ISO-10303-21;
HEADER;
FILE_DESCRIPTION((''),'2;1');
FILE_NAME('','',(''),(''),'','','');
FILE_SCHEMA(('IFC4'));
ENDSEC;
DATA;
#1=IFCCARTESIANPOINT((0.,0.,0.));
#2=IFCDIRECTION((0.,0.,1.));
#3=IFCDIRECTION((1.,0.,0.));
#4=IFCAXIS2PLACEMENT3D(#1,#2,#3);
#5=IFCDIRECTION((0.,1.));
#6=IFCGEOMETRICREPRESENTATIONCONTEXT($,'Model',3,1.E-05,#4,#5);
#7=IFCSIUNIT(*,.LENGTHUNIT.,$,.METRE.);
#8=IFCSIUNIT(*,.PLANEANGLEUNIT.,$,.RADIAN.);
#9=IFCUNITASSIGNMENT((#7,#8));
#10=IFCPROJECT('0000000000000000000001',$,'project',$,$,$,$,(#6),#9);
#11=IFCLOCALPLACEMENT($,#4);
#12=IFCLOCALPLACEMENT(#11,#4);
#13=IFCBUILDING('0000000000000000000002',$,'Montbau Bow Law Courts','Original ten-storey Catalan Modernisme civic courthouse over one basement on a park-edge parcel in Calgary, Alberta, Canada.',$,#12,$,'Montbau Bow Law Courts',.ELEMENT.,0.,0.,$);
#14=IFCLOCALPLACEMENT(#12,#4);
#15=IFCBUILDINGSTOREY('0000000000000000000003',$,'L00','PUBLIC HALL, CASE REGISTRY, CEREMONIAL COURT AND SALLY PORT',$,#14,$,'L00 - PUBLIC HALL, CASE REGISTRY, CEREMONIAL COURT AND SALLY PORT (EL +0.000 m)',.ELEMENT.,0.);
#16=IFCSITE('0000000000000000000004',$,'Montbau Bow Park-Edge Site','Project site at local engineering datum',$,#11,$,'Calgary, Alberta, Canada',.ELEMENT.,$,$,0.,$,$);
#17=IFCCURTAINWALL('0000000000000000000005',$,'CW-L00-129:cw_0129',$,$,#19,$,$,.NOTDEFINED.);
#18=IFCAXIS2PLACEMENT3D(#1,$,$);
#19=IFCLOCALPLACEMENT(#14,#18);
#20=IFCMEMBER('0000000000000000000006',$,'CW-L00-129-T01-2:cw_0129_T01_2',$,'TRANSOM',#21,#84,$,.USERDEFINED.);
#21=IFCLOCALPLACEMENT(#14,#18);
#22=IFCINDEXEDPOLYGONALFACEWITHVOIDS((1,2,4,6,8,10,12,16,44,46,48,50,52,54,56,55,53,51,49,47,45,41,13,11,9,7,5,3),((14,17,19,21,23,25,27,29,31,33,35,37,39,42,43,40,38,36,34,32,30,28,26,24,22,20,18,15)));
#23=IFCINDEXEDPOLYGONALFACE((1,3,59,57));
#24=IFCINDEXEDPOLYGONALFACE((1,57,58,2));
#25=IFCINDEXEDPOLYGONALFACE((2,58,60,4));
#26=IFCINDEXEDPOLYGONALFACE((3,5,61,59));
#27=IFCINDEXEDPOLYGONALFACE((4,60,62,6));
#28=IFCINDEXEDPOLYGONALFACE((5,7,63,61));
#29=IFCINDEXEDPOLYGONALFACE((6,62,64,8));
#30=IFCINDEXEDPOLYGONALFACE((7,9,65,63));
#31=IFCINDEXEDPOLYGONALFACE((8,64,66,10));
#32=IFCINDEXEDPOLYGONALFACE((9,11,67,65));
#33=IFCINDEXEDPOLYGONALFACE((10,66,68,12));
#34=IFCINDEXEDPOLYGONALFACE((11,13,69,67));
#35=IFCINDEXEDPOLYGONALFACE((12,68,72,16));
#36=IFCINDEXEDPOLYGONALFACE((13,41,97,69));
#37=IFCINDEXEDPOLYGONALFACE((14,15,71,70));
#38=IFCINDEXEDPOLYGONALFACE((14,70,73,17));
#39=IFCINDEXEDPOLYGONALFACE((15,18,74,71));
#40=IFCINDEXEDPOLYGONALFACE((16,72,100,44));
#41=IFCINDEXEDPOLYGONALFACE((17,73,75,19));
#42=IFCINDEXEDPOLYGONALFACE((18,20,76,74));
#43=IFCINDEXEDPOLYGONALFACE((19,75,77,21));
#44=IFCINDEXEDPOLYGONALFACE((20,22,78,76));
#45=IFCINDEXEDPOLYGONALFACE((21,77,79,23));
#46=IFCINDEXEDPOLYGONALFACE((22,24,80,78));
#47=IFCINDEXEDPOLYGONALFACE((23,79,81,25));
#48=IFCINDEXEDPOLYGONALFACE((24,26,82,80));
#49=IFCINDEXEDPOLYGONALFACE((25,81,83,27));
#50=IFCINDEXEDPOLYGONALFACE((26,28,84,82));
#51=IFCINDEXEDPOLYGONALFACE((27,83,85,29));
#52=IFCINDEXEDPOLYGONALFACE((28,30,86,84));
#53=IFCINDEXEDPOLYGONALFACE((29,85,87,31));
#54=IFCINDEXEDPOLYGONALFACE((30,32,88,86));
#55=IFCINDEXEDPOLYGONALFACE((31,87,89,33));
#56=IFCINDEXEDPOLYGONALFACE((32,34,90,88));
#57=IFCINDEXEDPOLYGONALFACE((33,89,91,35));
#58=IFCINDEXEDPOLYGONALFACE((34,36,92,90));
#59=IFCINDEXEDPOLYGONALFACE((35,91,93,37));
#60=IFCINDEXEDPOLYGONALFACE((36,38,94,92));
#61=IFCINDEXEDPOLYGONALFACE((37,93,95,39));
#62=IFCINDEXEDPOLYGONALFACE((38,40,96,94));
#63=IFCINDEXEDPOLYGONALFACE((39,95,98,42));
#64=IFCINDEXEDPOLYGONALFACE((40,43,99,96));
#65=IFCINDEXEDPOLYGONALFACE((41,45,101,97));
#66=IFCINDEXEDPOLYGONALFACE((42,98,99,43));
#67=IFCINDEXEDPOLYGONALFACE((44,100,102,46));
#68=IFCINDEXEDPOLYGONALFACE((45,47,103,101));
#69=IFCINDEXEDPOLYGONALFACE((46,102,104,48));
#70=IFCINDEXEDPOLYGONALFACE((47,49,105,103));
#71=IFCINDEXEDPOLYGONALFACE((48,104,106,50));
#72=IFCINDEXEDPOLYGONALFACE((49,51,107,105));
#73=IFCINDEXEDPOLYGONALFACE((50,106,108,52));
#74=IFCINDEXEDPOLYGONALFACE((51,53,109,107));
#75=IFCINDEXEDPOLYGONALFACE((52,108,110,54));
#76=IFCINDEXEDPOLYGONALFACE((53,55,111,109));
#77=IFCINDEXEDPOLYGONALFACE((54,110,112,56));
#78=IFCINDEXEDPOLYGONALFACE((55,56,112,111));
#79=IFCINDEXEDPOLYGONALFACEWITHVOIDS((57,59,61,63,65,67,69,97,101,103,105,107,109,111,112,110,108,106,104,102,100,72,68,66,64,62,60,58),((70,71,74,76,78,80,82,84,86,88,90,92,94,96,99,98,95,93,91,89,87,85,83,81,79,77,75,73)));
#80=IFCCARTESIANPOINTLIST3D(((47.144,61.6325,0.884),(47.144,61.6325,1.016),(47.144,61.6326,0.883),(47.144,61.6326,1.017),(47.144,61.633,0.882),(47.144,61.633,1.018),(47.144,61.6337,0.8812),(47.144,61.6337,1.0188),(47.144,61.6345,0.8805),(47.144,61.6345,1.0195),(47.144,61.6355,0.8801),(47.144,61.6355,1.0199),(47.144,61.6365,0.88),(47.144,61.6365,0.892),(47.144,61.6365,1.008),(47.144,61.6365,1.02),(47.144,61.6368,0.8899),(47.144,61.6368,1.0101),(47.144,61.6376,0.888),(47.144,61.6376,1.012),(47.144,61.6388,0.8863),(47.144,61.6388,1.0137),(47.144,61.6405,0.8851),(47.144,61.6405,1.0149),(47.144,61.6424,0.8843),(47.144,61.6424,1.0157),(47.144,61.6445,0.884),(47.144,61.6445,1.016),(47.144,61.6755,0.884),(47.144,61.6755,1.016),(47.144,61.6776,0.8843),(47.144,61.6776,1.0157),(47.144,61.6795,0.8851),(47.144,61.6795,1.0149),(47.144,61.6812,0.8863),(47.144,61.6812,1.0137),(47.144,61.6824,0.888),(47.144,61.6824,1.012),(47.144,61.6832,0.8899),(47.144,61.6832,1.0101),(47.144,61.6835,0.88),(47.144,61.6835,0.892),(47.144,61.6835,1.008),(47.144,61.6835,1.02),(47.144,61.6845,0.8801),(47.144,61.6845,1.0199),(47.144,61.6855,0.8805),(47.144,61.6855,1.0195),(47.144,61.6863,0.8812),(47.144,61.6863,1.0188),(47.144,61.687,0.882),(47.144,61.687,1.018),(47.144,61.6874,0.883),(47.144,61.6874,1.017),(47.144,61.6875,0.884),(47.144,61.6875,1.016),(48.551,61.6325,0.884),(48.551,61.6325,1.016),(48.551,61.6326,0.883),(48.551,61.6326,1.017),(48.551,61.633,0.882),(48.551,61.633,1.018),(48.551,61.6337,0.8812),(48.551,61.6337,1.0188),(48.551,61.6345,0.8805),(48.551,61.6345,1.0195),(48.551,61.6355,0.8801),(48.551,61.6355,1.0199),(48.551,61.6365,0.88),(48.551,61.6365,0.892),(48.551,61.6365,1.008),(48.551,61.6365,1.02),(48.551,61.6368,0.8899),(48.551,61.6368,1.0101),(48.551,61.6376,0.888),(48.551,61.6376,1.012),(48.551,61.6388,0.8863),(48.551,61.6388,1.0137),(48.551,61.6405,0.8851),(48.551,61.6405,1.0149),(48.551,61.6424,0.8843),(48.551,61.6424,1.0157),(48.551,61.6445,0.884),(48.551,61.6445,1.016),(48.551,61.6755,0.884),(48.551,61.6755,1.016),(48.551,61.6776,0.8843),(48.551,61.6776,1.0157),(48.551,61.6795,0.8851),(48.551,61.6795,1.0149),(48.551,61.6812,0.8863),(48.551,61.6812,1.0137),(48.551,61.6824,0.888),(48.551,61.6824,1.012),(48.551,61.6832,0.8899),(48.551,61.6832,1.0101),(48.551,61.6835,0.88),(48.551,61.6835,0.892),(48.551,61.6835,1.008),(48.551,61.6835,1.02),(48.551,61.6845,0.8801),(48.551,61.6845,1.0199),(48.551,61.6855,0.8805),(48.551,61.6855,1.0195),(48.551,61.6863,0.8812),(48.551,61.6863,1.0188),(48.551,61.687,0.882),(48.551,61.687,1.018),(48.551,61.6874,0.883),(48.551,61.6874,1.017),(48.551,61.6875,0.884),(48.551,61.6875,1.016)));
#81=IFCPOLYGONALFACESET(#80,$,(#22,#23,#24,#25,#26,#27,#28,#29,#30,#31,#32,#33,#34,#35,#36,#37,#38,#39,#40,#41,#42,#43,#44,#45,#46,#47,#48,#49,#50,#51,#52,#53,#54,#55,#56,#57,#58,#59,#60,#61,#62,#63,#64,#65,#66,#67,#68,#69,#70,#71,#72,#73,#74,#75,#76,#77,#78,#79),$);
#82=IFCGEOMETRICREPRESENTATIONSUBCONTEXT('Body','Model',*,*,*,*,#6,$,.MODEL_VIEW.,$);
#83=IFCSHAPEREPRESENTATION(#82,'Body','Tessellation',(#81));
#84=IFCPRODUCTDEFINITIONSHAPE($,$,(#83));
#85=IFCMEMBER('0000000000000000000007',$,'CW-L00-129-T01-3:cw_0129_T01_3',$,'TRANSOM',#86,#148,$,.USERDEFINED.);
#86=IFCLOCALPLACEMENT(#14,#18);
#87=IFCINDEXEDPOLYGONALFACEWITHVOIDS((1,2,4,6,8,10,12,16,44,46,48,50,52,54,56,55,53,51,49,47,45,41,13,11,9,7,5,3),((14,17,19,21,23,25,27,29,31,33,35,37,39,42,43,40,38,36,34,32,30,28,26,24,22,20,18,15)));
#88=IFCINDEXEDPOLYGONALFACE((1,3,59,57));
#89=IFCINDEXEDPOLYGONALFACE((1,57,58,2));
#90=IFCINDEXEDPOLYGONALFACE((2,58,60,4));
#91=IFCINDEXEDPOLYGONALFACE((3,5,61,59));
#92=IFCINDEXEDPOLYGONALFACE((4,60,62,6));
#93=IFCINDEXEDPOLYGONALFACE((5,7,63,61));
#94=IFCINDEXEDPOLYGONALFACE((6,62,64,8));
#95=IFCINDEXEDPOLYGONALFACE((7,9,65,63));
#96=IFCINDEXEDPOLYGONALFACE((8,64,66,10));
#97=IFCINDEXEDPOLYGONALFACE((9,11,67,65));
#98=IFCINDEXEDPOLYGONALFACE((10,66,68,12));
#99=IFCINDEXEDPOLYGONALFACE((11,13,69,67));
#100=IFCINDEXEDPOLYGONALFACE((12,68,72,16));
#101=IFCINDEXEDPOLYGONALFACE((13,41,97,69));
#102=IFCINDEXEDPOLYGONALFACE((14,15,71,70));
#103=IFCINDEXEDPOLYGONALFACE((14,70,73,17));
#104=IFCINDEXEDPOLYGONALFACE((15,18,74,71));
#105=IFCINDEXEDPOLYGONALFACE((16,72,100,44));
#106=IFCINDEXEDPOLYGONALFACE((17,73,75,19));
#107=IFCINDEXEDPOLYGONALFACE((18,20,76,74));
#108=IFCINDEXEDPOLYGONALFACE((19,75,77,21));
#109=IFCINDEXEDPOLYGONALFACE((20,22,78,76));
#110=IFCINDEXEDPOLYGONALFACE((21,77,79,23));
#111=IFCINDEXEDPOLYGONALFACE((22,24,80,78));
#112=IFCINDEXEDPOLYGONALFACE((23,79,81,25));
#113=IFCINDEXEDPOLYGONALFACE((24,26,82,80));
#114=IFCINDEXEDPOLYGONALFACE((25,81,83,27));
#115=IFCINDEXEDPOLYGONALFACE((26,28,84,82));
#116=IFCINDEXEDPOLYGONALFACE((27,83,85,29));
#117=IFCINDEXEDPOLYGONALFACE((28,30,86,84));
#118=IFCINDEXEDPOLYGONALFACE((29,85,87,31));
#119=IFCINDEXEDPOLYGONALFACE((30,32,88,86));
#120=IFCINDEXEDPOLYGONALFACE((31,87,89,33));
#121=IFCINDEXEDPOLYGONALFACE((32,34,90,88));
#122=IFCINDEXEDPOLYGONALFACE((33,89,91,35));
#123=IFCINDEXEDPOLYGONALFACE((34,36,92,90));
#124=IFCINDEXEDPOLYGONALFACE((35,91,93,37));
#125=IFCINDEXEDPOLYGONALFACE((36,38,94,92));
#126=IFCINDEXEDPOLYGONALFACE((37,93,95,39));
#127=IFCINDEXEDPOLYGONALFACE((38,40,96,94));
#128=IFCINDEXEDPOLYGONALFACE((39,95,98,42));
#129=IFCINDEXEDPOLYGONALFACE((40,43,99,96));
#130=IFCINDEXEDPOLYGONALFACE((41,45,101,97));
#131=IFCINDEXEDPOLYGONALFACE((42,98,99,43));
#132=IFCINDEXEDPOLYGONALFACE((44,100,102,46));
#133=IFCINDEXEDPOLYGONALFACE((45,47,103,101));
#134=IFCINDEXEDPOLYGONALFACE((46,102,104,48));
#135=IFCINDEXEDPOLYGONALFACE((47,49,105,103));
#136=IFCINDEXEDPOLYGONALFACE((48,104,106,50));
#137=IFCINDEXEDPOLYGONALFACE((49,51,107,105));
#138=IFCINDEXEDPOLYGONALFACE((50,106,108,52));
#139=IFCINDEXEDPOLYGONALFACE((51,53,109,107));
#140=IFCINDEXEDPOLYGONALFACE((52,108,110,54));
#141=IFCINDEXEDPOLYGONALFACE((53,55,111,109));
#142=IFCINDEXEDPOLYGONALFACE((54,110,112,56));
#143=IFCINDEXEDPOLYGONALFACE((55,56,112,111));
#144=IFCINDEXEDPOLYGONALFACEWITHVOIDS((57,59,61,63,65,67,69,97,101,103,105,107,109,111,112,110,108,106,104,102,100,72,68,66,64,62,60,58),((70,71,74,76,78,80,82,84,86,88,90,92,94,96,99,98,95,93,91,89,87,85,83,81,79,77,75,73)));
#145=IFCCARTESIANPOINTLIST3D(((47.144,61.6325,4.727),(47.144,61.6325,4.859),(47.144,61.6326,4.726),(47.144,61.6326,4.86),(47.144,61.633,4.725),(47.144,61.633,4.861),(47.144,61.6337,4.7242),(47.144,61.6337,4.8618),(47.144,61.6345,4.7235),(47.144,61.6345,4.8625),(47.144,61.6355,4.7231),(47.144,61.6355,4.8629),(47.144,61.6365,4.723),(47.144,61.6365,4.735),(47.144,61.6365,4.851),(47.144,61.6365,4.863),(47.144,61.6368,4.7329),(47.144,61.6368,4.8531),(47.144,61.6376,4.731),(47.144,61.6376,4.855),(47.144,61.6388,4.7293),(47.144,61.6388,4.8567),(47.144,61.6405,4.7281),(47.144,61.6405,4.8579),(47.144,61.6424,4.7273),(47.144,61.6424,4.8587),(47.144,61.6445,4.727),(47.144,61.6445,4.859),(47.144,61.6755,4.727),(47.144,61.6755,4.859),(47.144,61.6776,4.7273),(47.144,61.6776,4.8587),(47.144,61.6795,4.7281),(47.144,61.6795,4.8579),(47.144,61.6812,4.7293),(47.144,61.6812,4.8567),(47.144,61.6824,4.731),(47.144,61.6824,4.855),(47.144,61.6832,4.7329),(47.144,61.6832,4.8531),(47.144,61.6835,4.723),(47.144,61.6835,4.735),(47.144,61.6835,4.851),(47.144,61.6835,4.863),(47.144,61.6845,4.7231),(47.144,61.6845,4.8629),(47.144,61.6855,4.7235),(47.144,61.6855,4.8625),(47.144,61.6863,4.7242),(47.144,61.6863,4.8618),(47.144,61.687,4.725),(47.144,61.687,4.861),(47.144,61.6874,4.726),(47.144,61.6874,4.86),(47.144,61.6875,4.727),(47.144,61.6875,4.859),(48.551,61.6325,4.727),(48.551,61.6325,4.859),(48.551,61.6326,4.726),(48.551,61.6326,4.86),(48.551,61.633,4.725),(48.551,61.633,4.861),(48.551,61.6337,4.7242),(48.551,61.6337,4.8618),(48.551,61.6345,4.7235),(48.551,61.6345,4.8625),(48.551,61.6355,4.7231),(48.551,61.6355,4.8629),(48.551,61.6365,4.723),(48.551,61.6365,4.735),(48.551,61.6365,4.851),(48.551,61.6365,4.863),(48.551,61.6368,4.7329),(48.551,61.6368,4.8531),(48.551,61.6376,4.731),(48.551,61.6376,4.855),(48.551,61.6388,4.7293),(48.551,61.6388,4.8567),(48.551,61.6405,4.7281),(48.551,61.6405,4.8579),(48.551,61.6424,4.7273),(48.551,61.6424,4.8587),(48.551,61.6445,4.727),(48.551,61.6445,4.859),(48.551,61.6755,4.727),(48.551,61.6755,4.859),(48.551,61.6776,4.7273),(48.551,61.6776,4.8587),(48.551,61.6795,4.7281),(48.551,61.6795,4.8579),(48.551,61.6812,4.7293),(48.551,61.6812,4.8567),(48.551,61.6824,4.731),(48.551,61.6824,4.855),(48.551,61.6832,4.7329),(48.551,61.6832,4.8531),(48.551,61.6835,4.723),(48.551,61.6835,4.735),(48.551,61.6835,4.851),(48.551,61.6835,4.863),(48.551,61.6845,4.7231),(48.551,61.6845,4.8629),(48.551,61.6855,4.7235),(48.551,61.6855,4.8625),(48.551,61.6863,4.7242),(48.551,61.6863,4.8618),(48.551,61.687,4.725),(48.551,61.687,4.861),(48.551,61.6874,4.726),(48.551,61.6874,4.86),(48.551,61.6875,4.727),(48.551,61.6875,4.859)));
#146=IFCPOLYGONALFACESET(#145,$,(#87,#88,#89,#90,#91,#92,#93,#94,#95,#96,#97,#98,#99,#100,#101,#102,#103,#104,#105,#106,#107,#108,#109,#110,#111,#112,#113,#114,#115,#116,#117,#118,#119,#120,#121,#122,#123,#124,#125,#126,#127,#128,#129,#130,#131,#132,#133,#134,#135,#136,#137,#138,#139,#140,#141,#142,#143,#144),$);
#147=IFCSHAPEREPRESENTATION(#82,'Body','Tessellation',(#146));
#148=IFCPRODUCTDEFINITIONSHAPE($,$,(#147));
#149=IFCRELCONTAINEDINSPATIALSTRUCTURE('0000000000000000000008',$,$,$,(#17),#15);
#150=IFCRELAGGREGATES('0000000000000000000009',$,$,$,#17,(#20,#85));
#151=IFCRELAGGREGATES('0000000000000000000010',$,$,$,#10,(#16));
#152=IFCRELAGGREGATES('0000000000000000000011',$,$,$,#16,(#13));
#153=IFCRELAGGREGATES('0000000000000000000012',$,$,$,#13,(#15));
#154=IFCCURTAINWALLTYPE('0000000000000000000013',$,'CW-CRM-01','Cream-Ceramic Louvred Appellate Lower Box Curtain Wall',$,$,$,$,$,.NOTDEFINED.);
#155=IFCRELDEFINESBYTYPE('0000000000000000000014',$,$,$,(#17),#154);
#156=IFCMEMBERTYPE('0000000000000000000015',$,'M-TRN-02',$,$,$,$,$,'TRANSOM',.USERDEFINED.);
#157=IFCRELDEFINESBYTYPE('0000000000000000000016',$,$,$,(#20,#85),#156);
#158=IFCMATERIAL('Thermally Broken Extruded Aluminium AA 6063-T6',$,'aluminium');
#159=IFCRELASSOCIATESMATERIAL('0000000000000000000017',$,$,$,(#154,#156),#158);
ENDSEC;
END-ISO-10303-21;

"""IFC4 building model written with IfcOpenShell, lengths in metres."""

from ifc_helpers import new_model, si_unit, direction, frame, origin_with_axes, origin_2d_with_axis, place, context, subcontext, project, spatial, hollow_rectangle, extrude, material, material_profile, profile_set, type_object, element, aggregate, save


model = new_model("IFC4")

# Units and contexts
model_context = context("Model", 3, precision=1e-05, world=origin_with_axes(), true_north=direction((0.0, 1.0)))
body_context = subcontext(model_context, "Body", "Model", "MODEL_VIEW")
ifc_project = project(units=[si_unit("LENGTHUNIT", "METRE"), si_unit("PLANEANGLEUNIT", "RADIAN")], contexts=[model_context])

# Site, building, storey
site_placement = place(None, origin_with_axes())
site = spatial("IfcSite", under=ifc_project, at=site_placement, Name="Montbau Bow Park-Edge Site", Description="Project site at local engineering datum", LongName="Calgary, Alberta, Canada", CompositionType="ELEMENT", RefElevation=0.0)
building_placement = place(site_placement, origin_with_axes())
building = spatial("IfcBuilding", under=site, at=building_placement, Name="Montbau Bow Law Courts", Description="Original ten-storey Catalan Modernisme civic courthouse over one basement on a park-edge parcel in Calgary, Alberta, Canada.", LongName="Montbau Bow Law Courts", CompositionType="ELEMENT", ElevationOfRefHeight=0.0, ElevationOfTerrain=0.0)
storey_placement = place(building_placement, origin_with_axes())
storey = spatial("IfcBuildingStorey", under=building, at=storey_placement, Name="L00", Description="PUBLIC HALL, CASE REGISTRY, CEREMONIAL COURT AND SALLY PORT", LongName="L00 - PUBLIC HALL, CASE REGISTRY, CEREMONIAL COURT AND SALLY PORT (EL +0.000 m)", CompositionType="ELEMENT", Elevation=0.0)

# Curtain wall, members
ifc_material_1 = material(Name="Thermally Broken Extruded Aluminium AA 6063-T6", Category="aluminium")
curtain_wall_type = type_object("IfcCurtainWallType", Name="CW-CRM-01", Description="Cream-Ceramic Louvred Appellate Lower Box Curtain Wall", PredefinedType="NOTDEFINED", material=ifc_material_1)
curtain_wall_placement = place(None, frame((47.068, 61.66, 0.0), z_axis=(0.0, 0.0, 1.0), x_axis=(1.0, 0.0, 0.0)))
curtain_wall = element("IfcCurtainWall", 1, at=curtain_wall_placement, inside=storey, type_object=curtain_wall_type, Name="CW-L00-129:cw_0129", PredefinedType="NOTDEFINED")
ifc_material_profile_1 = material_profile(ifc_material_1, hollow_rectangle(XDim=0.055, YDim=0.14, WallThickness=0.004, InnerFilletRadius=0.008, OuterFilletRadius=0.004, at=origin_2d_with_axis()), Name="CWT-140X55", Category="Main", Priority=0)
ifc_profile_set_1 = profile_set([ifc_material_profile_1], Name="Thermally Broken Extruded Aluminium AA 6063-T6")
member_type_1 = type_object("IfcMemberType", Name="M-TRN-02", ElementType="TRANSOM", PredefinedType="USERDEFINED", material=ifc_profile_set_1)
member_1_placement = place(None, frame((47.144, 61.66, 0.95), z_axis=(1.0, 0.0, 0.0), x_axis=(0.0, 1.0, 0.0)))
member_1 = element("IfcMember", 2, at=member_1_placement, type_object=member_type_1, Name="CW-L00-129-T01-2:cw_0129_T01_2", ObjectType="TRANSOM", PredefinedType="USERDEFINED", context=body_context, shape_type="SweptSolid", body=[
    extrude(hollow_rectangle(XDim=0.055, YDim=0.14, WallThickness=0.004, InnerFilletRadius=0.008, OuterFilletRadius=0.004, at=origin_2d_with_axis()), origin_with_axes(), (0.0, 0.0, 1.0), 1.407),
])
member_2_placement = place(None, frame((47.144, 61.66, 4.793), z_axis=(1.0, 0.0, 0.0), x_axis=(0.0, 1.0, 0.0)))
member_2 = element("IfcMember", 3, at=member_2_placement, type_object=member_type_1, Name="CW-L00-129-T01-3:cw_0129_T01_3", ObjectType="TRANSOM", PredefinedType="USERDEFINED", context=body_context, shape_type="SweptSolid", body=[
    extrude(hollow_rectangle(XDim=0.055, YDim=0.14, WallThickness=0.004, InnerFilletRadius=0.008, OuterFilletRadius=0.004, at=origin_2d_with_axis()), origin_with_axes(), (0.0, 0.0, 1.0), 1.407),
])
aggregate(curtain_wall, [member_1, member_2])

save(model, "model.ifc")
